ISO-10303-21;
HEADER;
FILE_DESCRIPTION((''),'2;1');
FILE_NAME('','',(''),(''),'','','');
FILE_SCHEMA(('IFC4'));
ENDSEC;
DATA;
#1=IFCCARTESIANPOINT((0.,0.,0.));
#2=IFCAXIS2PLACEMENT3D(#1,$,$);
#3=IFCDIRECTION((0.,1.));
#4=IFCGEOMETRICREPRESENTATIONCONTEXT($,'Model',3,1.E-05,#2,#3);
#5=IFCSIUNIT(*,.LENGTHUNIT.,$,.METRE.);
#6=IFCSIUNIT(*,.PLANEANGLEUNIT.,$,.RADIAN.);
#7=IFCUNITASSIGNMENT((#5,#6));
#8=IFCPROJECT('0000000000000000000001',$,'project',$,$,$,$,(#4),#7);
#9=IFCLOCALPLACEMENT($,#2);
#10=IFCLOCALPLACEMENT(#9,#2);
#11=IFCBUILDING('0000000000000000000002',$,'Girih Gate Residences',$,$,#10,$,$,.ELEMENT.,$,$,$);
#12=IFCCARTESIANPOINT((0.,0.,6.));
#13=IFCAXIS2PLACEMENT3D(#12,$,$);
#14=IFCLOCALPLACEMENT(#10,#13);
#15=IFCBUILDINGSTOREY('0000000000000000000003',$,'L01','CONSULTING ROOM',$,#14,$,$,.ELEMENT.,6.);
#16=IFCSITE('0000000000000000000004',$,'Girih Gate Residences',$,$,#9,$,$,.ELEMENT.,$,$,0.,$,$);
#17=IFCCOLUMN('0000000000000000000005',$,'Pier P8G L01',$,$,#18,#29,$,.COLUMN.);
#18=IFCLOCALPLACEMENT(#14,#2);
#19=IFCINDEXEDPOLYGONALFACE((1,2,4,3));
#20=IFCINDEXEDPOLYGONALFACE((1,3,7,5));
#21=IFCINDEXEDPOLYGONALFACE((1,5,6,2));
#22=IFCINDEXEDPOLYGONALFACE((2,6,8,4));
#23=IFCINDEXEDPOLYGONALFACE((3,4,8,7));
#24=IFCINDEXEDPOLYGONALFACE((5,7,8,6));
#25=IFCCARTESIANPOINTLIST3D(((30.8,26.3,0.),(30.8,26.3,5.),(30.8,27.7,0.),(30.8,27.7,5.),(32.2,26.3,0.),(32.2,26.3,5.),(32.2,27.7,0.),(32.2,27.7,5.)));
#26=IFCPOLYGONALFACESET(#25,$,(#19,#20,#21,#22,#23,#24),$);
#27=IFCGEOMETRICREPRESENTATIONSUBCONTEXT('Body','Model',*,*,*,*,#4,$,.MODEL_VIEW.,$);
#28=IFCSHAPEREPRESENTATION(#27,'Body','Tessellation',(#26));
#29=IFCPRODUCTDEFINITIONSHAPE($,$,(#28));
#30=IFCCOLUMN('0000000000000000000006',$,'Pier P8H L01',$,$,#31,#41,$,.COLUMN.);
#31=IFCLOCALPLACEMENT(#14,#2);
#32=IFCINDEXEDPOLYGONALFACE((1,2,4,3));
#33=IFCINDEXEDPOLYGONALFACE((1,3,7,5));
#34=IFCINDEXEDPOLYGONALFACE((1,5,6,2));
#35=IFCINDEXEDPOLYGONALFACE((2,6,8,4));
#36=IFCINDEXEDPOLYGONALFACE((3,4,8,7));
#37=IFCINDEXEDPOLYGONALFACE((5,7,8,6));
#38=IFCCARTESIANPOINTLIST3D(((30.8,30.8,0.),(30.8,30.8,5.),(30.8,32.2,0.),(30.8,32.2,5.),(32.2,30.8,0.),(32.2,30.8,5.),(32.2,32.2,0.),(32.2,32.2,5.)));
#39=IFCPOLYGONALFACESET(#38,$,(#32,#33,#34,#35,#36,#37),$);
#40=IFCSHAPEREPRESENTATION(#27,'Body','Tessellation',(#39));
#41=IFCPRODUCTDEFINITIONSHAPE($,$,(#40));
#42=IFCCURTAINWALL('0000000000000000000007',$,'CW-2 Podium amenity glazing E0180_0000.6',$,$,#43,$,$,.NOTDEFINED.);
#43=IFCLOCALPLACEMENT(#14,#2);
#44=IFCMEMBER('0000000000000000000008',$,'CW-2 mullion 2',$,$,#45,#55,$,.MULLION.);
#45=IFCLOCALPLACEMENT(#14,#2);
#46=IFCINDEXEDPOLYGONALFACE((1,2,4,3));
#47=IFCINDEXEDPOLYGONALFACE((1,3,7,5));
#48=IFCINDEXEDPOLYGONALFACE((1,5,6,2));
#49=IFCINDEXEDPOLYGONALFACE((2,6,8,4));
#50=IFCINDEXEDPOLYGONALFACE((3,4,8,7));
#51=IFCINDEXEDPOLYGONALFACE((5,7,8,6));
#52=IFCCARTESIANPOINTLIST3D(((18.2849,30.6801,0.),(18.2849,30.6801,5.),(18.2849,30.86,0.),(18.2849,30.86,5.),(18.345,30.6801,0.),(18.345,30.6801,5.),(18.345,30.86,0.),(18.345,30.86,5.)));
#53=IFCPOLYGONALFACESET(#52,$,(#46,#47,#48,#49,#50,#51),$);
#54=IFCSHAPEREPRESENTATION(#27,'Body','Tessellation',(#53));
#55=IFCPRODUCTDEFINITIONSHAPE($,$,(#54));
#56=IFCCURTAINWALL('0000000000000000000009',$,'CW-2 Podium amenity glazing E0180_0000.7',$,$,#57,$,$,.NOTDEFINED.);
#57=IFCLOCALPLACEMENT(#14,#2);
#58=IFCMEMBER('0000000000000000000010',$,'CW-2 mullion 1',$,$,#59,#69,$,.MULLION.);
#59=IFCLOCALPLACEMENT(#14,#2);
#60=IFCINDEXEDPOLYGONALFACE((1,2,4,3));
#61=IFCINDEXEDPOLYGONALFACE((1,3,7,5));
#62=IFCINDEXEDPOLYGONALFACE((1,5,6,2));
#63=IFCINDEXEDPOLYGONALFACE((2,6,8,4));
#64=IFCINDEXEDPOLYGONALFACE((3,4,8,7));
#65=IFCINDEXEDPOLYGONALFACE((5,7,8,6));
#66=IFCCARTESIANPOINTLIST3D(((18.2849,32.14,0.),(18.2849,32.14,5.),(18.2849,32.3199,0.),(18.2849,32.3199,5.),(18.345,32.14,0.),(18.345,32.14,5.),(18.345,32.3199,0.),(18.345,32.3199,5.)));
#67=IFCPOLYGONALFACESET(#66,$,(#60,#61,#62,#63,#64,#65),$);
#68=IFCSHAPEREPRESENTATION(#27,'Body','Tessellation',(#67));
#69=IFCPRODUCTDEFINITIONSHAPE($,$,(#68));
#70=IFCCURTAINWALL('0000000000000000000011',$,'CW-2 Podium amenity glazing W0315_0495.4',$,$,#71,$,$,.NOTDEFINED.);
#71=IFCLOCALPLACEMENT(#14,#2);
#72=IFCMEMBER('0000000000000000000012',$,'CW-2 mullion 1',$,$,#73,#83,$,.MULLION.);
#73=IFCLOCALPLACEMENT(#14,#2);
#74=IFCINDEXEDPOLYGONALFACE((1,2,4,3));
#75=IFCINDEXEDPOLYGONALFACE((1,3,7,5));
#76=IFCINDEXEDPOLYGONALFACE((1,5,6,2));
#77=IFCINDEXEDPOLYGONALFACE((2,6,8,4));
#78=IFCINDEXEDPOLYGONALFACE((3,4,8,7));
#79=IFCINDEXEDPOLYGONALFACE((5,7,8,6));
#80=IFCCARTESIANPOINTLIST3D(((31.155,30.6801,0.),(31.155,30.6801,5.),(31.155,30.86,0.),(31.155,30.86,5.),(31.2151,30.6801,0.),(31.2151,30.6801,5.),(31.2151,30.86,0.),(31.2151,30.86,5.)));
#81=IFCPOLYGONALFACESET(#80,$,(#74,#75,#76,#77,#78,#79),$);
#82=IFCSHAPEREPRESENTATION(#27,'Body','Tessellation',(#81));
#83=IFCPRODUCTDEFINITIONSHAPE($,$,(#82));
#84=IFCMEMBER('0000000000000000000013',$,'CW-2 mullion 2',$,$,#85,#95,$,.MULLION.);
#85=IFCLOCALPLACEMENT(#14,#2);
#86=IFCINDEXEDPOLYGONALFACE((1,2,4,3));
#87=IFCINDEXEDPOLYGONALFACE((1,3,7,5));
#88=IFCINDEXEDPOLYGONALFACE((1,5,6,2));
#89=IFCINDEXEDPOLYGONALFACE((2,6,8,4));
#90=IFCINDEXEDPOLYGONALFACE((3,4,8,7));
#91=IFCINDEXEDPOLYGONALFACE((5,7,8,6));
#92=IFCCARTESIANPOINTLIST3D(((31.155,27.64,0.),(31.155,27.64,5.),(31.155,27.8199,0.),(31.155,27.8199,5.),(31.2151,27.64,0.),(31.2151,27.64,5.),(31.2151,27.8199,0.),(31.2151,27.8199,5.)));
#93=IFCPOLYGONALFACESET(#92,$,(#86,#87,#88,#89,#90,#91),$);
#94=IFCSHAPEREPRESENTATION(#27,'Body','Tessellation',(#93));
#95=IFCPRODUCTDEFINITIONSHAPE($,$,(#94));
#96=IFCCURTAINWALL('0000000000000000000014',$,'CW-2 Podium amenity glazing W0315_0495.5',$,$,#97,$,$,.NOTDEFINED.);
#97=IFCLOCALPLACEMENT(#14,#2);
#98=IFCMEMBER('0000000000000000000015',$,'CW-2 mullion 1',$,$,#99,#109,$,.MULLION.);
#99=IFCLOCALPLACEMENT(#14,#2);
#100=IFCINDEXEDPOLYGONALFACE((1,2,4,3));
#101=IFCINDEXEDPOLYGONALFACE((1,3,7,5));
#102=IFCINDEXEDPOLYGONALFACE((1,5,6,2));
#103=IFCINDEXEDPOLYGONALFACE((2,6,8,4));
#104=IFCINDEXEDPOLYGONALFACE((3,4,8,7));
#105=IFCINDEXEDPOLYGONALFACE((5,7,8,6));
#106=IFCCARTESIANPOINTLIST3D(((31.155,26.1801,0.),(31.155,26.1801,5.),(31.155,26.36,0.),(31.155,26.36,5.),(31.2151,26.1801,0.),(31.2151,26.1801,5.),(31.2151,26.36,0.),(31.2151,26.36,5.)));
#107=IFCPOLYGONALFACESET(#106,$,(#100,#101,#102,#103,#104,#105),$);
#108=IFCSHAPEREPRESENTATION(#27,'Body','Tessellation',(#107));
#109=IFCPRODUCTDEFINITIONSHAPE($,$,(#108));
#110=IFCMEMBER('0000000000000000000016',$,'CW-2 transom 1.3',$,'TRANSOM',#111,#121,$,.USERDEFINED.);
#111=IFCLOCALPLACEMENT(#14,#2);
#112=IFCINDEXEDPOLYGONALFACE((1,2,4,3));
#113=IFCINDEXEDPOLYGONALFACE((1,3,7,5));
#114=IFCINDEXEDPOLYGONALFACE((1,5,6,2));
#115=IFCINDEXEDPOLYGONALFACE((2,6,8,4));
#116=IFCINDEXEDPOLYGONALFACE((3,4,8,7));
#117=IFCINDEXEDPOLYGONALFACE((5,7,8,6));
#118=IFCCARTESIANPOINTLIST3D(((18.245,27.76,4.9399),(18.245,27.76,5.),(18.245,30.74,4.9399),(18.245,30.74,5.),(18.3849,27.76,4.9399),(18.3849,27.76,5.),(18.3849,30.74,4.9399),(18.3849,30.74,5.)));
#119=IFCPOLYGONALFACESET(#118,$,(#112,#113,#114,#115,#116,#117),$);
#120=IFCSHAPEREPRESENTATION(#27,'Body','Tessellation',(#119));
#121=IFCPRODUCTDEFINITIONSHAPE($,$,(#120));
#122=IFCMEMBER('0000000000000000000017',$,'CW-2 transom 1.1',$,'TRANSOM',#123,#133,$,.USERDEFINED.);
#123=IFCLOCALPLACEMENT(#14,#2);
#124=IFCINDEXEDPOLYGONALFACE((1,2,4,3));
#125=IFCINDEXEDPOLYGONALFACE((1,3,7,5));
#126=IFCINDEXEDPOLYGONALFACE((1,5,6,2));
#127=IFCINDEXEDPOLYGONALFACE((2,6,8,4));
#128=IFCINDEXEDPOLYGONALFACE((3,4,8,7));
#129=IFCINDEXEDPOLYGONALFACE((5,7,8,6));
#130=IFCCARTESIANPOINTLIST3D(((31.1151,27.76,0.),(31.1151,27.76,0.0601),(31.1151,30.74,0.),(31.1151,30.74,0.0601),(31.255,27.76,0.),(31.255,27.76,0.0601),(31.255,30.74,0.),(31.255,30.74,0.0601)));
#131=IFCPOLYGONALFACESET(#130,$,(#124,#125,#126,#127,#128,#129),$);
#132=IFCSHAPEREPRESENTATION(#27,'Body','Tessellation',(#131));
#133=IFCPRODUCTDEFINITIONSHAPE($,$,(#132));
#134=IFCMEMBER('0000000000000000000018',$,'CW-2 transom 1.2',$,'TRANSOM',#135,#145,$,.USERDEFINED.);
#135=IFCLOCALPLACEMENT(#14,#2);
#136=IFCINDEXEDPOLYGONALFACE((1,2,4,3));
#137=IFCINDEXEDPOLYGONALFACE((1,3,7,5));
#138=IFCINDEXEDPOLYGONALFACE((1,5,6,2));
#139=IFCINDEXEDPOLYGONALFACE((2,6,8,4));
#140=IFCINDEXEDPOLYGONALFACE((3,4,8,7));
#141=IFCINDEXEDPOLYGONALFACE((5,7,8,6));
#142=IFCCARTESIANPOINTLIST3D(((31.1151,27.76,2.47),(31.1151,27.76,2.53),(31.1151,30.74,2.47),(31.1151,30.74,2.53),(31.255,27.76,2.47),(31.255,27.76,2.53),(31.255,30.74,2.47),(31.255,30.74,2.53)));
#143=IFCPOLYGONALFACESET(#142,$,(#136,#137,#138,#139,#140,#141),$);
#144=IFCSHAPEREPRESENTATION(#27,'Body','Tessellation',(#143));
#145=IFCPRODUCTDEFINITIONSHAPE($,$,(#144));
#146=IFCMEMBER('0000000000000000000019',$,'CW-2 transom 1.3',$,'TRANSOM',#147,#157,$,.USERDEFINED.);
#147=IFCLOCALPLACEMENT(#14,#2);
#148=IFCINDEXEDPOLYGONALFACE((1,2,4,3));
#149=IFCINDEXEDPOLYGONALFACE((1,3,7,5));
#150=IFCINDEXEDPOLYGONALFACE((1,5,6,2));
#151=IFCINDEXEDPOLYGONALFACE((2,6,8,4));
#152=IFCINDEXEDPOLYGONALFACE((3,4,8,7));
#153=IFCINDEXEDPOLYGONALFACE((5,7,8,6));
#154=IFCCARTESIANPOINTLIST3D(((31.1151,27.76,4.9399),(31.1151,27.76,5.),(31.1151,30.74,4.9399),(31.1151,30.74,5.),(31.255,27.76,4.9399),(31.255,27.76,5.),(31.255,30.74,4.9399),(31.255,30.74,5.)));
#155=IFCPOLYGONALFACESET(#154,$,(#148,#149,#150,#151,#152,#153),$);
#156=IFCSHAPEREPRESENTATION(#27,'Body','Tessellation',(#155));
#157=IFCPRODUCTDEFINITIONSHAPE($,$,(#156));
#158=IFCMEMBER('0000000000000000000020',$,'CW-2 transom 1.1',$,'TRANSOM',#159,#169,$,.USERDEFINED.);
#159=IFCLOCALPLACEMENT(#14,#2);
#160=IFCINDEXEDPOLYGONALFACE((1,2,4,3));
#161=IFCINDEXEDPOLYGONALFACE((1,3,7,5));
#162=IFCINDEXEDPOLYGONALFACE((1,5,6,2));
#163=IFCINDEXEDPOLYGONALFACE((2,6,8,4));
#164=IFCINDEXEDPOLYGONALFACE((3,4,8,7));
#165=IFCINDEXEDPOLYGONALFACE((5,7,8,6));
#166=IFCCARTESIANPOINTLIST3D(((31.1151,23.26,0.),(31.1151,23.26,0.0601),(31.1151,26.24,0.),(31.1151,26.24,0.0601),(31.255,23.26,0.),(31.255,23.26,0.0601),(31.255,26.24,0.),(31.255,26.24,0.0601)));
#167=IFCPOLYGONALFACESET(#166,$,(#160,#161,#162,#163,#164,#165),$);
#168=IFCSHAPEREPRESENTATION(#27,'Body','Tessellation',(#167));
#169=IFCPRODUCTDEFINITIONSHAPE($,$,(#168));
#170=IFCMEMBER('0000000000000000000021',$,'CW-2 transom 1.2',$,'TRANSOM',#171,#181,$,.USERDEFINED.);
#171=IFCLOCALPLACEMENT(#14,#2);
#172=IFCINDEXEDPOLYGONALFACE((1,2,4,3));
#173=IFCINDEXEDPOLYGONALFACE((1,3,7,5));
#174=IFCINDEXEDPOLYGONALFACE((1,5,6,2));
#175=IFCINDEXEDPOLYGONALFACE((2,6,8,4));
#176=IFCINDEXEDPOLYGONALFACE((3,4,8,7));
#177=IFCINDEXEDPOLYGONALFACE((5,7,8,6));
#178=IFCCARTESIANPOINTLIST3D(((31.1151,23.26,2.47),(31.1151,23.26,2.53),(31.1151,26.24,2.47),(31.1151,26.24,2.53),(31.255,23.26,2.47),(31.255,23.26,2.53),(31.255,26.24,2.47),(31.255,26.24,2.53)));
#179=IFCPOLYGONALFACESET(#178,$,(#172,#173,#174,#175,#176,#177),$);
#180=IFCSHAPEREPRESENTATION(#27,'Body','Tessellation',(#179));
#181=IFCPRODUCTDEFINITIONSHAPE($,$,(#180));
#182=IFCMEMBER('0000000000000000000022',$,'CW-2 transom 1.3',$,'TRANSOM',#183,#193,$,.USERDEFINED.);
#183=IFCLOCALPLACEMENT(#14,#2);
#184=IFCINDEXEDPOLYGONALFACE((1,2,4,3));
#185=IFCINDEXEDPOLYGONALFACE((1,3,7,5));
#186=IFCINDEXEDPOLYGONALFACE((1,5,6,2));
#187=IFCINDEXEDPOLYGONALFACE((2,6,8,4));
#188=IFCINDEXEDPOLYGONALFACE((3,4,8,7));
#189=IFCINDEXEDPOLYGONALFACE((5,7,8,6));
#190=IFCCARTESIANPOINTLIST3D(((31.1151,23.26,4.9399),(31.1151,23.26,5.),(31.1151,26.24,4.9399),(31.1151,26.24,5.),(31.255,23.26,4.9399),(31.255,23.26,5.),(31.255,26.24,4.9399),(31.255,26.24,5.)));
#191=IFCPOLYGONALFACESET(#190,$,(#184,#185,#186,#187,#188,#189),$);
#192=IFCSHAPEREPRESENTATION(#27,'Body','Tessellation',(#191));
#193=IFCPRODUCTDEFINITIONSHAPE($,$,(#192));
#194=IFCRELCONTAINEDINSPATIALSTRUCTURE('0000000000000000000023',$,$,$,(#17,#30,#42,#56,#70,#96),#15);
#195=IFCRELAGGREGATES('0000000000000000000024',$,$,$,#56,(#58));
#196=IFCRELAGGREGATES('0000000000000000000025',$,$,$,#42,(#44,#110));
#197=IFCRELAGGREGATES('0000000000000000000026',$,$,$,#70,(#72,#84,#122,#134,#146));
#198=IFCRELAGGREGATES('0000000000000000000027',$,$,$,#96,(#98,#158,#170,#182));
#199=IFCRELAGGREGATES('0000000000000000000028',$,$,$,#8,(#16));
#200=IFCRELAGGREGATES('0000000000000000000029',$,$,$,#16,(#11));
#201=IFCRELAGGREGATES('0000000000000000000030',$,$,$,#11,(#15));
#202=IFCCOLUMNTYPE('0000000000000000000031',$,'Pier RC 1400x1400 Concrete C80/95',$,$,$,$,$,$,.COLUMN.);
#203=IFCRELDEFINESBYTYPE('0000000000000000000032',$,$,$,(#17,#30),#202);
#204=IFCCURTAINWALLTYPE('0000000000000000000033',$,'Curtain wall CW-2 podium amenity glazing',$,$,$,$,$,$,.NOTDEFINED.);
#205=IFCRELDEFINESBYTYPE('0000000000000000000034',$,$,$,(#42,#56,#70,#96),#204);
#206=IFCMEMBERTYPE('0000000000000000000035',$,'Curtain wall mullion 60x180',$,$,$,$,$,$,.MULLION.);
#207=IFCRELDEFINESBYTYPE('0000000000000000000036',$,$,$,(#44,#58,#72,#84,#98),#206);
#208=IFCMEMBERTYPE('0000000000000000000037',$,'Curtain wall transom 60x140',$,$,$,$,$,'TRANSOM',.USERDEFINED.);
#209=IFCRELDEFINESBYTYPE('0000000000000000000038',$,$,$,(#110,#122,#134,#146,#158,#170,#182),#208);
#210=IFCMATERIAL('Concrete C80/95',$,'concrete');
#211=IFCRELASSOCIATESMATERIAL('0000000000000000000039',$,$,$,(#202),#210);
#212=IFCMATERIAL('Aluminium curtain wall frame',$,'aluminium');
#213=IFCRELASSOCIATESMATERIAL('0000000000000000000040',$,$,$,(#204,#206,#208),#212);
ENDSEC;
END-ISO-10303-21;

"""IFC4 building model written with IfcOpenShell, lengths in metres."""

from ifc_helpers import new_model, si_unit, direction, frame, origin, origin_2d, place, context, subcontext, project, spatial, rectangle, extrude, material, material_profile, profile_set, type_object, element, aggregate, save


model = new_model("IFC4")

# Units and contexts
model_context = context("Model", 3, precision=1e-05, world=origin(), true_north=direction((0.0, 1.0)))
body_context = subcontext(model_context, "Body", "Model", "MODEL_VIEW")
ifc_project = project(units=[si_unit("LENGTHUNIT", "METRE"), si_unit("PLANEANGLEUNIT", "RADIAN")], contexts=[model_context])

# Site, building, storey
site_placement = place(None, origin())
site = spatial("IfcSite", under=ifc_project, at=site_placement, Name="Girih Gate Residences", CompositionType="ELEMENT", RefElevation=0.0)
building_placement = place(site_placement, origin())
building = spatial("IfcBuilding", under=site, at=building_placement, Name="Girih Gate Residences", CompositionType="ELEMENT")
storey_placement = place(building_placement, frame((0.0, 0.0, 6.0)))
storey = spatial("IfcBuildingStorey", under=building, at=storey_placement, Name="L01", Description="CONSULTING ROOM", CompositionType="ELEMENT", Elevation=6.0)

# Columns
ifc_material_1 = material(Name="Concrete C80/95", Category="concrete")
ifc_material_profile_1 = material_profile(ifc_material_1, rectangle(XDim=1.3999, YDim=1.3999, at=origin_2d()))
ifc_profile_set_1 = profile_set([ifc_material_profile_1], Name="Concrete C80/95")
column_type = type_object("IfcColumnType", Name="Pier RC 1400x1400 Concrete C80/95", PredefinedType="COLUMN", material=ifc_profile_set_1)
for number, where, z_axis, x_axis, name in (
    (1, (31.5, 27.0, 0.0), (0.0, 0.0, 1.0), (1.0, 0.0, 0.0), "Pier P8G L01"),
    (2, (31.5, 31.5, 0.0), (0.0, 0.0, 1.0), (1.0, 0.0, 0.0), "Pier P8H L01"),
):
    element("IfcColumn", number, at=place(storey_placement, frame(where, z_axis=z_axis, x_axis=x_axis)), inside=storey, type_object=column_type, Name=name, PredefinedType="COLUMN", context=body_context, shape_type="SweptSolid", body=[
        extrude(rectangle(XDim=1.3999, YDim=1.3999, at=origin_2d()), origin(), (0.0, 0.0, 1.0), 5.0),
    ])

# Curtain walls, members
ifc_material_2 = material(Name="Aluminium curtain wall frame", Category="aluminium")
curtain_wall_type = type_object("IfcCurtainWallType", Name="Curtain wall CW-2 podium amenity glazing", PredefinedType="NOTDEFINED", material=ifc_material_2)
curtain_wall_1_placement = place(storey_placement, origin())
curtain_wall_1 = element("IfcCurtainWall", 3, at=curtain_wall_1_placement, inside=storey, type_object=curtain_wall_type, Name="CW-2 Podium amenity glazing E0180_0000.6", PredefinedType="NOTDEFINED")
ifc_material_profile_2 = material_profile(ifc_material_2, rectangle(XDim=0.0601, YDim=0.1799, at=origin_2d()))
ifc_profile_set_2 = profile_set([ifc_material_profile_2], Name="Aluminium curtain wall frame")
member_type_1 = type_object("IfcMemberType", Name="Curtain wall mullion 60x180", PredefinedType="MULLION", material=ifc_profile_set_2)
member_1_placement = place(storey_placement, frame((18.3149, 30.77, 0.0), z_axis=(0.0, 0.0, 1.0), x_axis=(-1.0, 0.0, 0.0)))
member_1 = element("IfcMember", 4, at=member_1_placement, type_object=member_type_1, Name="CW-2 mullion 2", PredefinedType="MULLION", context=body_context, shape_type="SweptSolid", body=[
    extrude(rectangle(XDim=0.0601, YDim=0.1799, at=origin_2d()), origin(), (0.0, 0.0, 1.0), 5.0),
])
curtain_wall_2_placement = place(storey_placement, origin())
curtain_wall_2 = element("IfcCurtainWall", 5, at=curtain_wall_2_placement, inside=storey, type_object=curtain_wall_type, Name="CW-2 Podium amenity glazing E0180_0000.7", PredefinedType="NOTDEFINED")
member_2_placement = place(storey_placement, frame((18.3149, 32.23, 0.0), z_axis=(0.0, 0.0, 1.0), x_axis=(-1.0, 0.0, 0.0)))
member_2 = element("IfcMember", 6, at=member_2_placement, type_object=member_type_1, Name="CW-2 mullion 1", PredefinedType="MULLION", context=body_context, shape_type="SweptSolid", body=[
    extrude(rectangle(XDim=0.0601, YDim=0.1799, at=origin_2d()), origin(), (0.0, 0.0, 1.0), 5.0),
])
aggregate(curtain_wall_2, [member_2])

# Curtain wall, members
curtain_wall_3_placement = place(storey_placement, origin())
curtain_wall_3 = element("IfcCurtainWall", 7, at=curtain_wall_3_placement, inside=storey, type_object=curtain_wall_type, Name="CW-2 Podium amenity glazing W0315_0495.4", PredefinedType="NOTDEFINED")
member_3_placement = place(storey_placement, frame((31.1851, 30.77, 0.0), z_axis=(0.0, 0.0, 1.0), x_axis=(1.0, 0.0, 0.0)))
member_3 = element("IfcMember", 8, at=member_3_placement, type_object=member_type_1, Name="CW-2 mullion 1", PredefinedType="MULLION", context=body_context, shape_type="SweptSolid", body=[
    extrude(rectangle(XDim=0.0601, YDim=0.1799, at=origin_2d()), origin(), (0.0, 0.0, 1.0), 5.0),
])
member_4_placement = place(storey_placement, frame((31.1851, 27.73, 0.0), z_axis=(0.0, 0.0, 1.0), x_axis=(1.0, 0.0, 0.0)))
member_4 = element("IfcMember", 9, at=member_4_placement, type_object=member_type_1, Name="CW-2 mullion 2", PredefinedType="MULLION", context=body_context, shape_type="SweptSolid", body=[
    extrude(rectangle(XDim=0.0601, YDim=0.1799, at=origin_2d()), origin(), (0.0, 0.0, 1.0), 5.0),
])

# Curtain wall, member
curtain_wall_4_placement = place(storey_placement, origin())
curtain_wall_4 = element("IfcCurtainWall", 10, at=curtain_wall_4_placement, inside=storey, type_object=curtain_wall_type, Name="CW-2 Podium amenity glazing W0315_0495.5", PredefinedType="NOTDEFINED")
member_5_placement = place(storey_placement, frame((31.1851, 26.27, 0.0), z_axis=(0.0, 0.0, 1.0), x_axis=(1.0, 0.0, 0.0)))
member_5 = element("IfcMember", 11, at=member_5_placement, type_object=member_type_1, Name="CW-2 mullion 1", PredefinedType="MULLION", context=body_context, shape_type="SweptSolid", body=[
    extrude(rectangle(XDim=0.0601, YDim=0.1799, at=origin_2d()), origin(), (0.0, 0.0, 1.0), 5.0),
])

# Members
ifc_material_profile_3 = material_profile(ifc_material_2, rectangle(XDim=0.1399, YDim=0.0601, at=origin_2d()))
ifc_profile_set_3 = profile_set([ifc_material_profile_3], Name="Aluminium curtain wall frame")
member_type_2 = type_object("IfcMemberType", Name="Curtain wall transom 60x140", ElementType="TRANSOM", PredefinedType="USERDEFINED", material=ifc_profile_set_3)
member_6_placement = place(storey_placement, frame((18.3149, 27.76, 4.97), z_axis=(0.0, 1.0, 0.0), x_axis=(-1.0, 0.0, 0.0)))
member_6 = element("IfcMember", 12, at=member_6_placement, type_object=member_type_2, Name="CW-2 transom 1.3", ObjectType="TRANSOM", PredefinedType="USERDEFINED", context=body_context, shape_type="SweptSolid", body=[
    extrude(rectangle(XDim=0.1399, YDim=0.0601, at=origin_2d()), origin(), (0.0, 0.0, 1.0), 2.98),
])
member_7_placement = place(storey_placement, frame((31.1851, 30.74, 0.03), z_axis=(0.0, -1.0, 0.0), x_axis=(1.0, 0.0, 0.0)))
member_7 = element("IfcMember", 13, at=member_7_placement, type_object=member_type_2, Name="CW-2 transom 1.1", ObjectType="TRANSOM", PredefinedType="USERDEFINED", context=body_context, shape_type="SweptSolid", body=[
    extrude(rectangle(XDim=0.1399, YDim=0.0601, at=origin_2d()), origin(), (0.0, 0.0, 1.0), 2.98),
])
member_8_placement = place(storey_placement, frame((31.1851, 30.74, 2.5), z_axis=(0.0, -1.0, 0.0), x_axis=(1.0, 0.0, 0.0)))
member_8 = element("IfcMember", 14, at=member_8_placement, type_object=member_type_2, Name="CW-2 transom 1.2", ObjectType="TRANSOM", PredefinedType="USERDEFINED", context=body_context, shape_type="SweptSolid", body=[
    extrude(rectangle(XDim=0.1399, YDim=0.0601, at=origin_2d()), origin(), (0.0, 0.0, 1.0), 2.98),
])
member_9_placement = place(storey_placement, frame((31.1851, 30.74, 4.97), z_axis=(0.0, -1.0, 0.0), x_axis=(1.0, 0.0, 0.0)))
member_9 = element("IfcMember", 15, at=member_9_placement, type_object=member_type_2, Name="CW-2 transom 1.3", ObjectType="TRANSOM", PredefinedType="USERDEFINED", context=body_context, shape_type="SweptSolid", body=[
    extrude(rectangle(XDim=0.1399, YDim=0.0601, at=origin_2d()), origin(), (0.0, 0.0, 1.0), 2.98),
])
member_10_placement = place(storey_placement, frame((31.1851, 26.24, 0.03), z_axis=(0.0, -1.0, 0.0), x_axis=(1.0, 0.0, 0.0)))
member_10 = element("IfcMember", 16, at=member_10_placement, type_object=member_type_2, Name="CW-2 transom 1.1", ObjectType="TRANSOM", PredefinedType="USERDEFINED", context=body_context, shape_type="SweptSolid", body=[
    extrude(rectangle(XDim=0.1399, YDim=0.0601, at=origin_2d()), origin(), (0.0, 0.0, 1.0), 2.98),
])
member_11_placement = place(storey_placement, frame((31.1851, 26.24, 2.5), z_axis=(0.0, -1.0, 0.0), x_axis=(1.0, 0.0, 0.0)))
member_11 = element("IfcMember", 17, at=member_11_placement, type_object=member_type_2, Name="CW-2 transom 1.2", ObjectType="TRANSOM", PredefinedType="USERDEFINED", context=body_context, shape_type="SweptSolid", body=[
    extrude(rectangle(XDim=0.1399, YDim=0.0601, at=origin_2d()), origin(), (0.0, 0.0, 1.0), 2.98),
])
member_12_placement = place(storey_placement, frame((31.1851, 26.24, 4.97), z_axis=(0.0, -1.0, 0.0), x_axis=(1.0, 0.0, 0.0)))
member_12 = element("IfcMember", 18, at=member_12_placement, type_object=member_type_2, Name="CW-2 transom 1.3", ObjectType="TRANSOM", PredefinedType="USERDEFINED", context=body_context, shape_type="SweptSolid", body=[
    extrude(rectangle(XDim=0.1399, YDim=0.0601, at=origin_2d()), origin(), (0.0, 0.0, 1.0), 2.98),
])

aggregate(curtain_wall_1, [member_1, member_6])
aggregate(curtain_wall_3, [member_3, member_4, member_7, member_8, member_9])
aggregate(curtain_wall_4, [member_5, member_10, member_11, member_12])

save(model, "model.ifc")
